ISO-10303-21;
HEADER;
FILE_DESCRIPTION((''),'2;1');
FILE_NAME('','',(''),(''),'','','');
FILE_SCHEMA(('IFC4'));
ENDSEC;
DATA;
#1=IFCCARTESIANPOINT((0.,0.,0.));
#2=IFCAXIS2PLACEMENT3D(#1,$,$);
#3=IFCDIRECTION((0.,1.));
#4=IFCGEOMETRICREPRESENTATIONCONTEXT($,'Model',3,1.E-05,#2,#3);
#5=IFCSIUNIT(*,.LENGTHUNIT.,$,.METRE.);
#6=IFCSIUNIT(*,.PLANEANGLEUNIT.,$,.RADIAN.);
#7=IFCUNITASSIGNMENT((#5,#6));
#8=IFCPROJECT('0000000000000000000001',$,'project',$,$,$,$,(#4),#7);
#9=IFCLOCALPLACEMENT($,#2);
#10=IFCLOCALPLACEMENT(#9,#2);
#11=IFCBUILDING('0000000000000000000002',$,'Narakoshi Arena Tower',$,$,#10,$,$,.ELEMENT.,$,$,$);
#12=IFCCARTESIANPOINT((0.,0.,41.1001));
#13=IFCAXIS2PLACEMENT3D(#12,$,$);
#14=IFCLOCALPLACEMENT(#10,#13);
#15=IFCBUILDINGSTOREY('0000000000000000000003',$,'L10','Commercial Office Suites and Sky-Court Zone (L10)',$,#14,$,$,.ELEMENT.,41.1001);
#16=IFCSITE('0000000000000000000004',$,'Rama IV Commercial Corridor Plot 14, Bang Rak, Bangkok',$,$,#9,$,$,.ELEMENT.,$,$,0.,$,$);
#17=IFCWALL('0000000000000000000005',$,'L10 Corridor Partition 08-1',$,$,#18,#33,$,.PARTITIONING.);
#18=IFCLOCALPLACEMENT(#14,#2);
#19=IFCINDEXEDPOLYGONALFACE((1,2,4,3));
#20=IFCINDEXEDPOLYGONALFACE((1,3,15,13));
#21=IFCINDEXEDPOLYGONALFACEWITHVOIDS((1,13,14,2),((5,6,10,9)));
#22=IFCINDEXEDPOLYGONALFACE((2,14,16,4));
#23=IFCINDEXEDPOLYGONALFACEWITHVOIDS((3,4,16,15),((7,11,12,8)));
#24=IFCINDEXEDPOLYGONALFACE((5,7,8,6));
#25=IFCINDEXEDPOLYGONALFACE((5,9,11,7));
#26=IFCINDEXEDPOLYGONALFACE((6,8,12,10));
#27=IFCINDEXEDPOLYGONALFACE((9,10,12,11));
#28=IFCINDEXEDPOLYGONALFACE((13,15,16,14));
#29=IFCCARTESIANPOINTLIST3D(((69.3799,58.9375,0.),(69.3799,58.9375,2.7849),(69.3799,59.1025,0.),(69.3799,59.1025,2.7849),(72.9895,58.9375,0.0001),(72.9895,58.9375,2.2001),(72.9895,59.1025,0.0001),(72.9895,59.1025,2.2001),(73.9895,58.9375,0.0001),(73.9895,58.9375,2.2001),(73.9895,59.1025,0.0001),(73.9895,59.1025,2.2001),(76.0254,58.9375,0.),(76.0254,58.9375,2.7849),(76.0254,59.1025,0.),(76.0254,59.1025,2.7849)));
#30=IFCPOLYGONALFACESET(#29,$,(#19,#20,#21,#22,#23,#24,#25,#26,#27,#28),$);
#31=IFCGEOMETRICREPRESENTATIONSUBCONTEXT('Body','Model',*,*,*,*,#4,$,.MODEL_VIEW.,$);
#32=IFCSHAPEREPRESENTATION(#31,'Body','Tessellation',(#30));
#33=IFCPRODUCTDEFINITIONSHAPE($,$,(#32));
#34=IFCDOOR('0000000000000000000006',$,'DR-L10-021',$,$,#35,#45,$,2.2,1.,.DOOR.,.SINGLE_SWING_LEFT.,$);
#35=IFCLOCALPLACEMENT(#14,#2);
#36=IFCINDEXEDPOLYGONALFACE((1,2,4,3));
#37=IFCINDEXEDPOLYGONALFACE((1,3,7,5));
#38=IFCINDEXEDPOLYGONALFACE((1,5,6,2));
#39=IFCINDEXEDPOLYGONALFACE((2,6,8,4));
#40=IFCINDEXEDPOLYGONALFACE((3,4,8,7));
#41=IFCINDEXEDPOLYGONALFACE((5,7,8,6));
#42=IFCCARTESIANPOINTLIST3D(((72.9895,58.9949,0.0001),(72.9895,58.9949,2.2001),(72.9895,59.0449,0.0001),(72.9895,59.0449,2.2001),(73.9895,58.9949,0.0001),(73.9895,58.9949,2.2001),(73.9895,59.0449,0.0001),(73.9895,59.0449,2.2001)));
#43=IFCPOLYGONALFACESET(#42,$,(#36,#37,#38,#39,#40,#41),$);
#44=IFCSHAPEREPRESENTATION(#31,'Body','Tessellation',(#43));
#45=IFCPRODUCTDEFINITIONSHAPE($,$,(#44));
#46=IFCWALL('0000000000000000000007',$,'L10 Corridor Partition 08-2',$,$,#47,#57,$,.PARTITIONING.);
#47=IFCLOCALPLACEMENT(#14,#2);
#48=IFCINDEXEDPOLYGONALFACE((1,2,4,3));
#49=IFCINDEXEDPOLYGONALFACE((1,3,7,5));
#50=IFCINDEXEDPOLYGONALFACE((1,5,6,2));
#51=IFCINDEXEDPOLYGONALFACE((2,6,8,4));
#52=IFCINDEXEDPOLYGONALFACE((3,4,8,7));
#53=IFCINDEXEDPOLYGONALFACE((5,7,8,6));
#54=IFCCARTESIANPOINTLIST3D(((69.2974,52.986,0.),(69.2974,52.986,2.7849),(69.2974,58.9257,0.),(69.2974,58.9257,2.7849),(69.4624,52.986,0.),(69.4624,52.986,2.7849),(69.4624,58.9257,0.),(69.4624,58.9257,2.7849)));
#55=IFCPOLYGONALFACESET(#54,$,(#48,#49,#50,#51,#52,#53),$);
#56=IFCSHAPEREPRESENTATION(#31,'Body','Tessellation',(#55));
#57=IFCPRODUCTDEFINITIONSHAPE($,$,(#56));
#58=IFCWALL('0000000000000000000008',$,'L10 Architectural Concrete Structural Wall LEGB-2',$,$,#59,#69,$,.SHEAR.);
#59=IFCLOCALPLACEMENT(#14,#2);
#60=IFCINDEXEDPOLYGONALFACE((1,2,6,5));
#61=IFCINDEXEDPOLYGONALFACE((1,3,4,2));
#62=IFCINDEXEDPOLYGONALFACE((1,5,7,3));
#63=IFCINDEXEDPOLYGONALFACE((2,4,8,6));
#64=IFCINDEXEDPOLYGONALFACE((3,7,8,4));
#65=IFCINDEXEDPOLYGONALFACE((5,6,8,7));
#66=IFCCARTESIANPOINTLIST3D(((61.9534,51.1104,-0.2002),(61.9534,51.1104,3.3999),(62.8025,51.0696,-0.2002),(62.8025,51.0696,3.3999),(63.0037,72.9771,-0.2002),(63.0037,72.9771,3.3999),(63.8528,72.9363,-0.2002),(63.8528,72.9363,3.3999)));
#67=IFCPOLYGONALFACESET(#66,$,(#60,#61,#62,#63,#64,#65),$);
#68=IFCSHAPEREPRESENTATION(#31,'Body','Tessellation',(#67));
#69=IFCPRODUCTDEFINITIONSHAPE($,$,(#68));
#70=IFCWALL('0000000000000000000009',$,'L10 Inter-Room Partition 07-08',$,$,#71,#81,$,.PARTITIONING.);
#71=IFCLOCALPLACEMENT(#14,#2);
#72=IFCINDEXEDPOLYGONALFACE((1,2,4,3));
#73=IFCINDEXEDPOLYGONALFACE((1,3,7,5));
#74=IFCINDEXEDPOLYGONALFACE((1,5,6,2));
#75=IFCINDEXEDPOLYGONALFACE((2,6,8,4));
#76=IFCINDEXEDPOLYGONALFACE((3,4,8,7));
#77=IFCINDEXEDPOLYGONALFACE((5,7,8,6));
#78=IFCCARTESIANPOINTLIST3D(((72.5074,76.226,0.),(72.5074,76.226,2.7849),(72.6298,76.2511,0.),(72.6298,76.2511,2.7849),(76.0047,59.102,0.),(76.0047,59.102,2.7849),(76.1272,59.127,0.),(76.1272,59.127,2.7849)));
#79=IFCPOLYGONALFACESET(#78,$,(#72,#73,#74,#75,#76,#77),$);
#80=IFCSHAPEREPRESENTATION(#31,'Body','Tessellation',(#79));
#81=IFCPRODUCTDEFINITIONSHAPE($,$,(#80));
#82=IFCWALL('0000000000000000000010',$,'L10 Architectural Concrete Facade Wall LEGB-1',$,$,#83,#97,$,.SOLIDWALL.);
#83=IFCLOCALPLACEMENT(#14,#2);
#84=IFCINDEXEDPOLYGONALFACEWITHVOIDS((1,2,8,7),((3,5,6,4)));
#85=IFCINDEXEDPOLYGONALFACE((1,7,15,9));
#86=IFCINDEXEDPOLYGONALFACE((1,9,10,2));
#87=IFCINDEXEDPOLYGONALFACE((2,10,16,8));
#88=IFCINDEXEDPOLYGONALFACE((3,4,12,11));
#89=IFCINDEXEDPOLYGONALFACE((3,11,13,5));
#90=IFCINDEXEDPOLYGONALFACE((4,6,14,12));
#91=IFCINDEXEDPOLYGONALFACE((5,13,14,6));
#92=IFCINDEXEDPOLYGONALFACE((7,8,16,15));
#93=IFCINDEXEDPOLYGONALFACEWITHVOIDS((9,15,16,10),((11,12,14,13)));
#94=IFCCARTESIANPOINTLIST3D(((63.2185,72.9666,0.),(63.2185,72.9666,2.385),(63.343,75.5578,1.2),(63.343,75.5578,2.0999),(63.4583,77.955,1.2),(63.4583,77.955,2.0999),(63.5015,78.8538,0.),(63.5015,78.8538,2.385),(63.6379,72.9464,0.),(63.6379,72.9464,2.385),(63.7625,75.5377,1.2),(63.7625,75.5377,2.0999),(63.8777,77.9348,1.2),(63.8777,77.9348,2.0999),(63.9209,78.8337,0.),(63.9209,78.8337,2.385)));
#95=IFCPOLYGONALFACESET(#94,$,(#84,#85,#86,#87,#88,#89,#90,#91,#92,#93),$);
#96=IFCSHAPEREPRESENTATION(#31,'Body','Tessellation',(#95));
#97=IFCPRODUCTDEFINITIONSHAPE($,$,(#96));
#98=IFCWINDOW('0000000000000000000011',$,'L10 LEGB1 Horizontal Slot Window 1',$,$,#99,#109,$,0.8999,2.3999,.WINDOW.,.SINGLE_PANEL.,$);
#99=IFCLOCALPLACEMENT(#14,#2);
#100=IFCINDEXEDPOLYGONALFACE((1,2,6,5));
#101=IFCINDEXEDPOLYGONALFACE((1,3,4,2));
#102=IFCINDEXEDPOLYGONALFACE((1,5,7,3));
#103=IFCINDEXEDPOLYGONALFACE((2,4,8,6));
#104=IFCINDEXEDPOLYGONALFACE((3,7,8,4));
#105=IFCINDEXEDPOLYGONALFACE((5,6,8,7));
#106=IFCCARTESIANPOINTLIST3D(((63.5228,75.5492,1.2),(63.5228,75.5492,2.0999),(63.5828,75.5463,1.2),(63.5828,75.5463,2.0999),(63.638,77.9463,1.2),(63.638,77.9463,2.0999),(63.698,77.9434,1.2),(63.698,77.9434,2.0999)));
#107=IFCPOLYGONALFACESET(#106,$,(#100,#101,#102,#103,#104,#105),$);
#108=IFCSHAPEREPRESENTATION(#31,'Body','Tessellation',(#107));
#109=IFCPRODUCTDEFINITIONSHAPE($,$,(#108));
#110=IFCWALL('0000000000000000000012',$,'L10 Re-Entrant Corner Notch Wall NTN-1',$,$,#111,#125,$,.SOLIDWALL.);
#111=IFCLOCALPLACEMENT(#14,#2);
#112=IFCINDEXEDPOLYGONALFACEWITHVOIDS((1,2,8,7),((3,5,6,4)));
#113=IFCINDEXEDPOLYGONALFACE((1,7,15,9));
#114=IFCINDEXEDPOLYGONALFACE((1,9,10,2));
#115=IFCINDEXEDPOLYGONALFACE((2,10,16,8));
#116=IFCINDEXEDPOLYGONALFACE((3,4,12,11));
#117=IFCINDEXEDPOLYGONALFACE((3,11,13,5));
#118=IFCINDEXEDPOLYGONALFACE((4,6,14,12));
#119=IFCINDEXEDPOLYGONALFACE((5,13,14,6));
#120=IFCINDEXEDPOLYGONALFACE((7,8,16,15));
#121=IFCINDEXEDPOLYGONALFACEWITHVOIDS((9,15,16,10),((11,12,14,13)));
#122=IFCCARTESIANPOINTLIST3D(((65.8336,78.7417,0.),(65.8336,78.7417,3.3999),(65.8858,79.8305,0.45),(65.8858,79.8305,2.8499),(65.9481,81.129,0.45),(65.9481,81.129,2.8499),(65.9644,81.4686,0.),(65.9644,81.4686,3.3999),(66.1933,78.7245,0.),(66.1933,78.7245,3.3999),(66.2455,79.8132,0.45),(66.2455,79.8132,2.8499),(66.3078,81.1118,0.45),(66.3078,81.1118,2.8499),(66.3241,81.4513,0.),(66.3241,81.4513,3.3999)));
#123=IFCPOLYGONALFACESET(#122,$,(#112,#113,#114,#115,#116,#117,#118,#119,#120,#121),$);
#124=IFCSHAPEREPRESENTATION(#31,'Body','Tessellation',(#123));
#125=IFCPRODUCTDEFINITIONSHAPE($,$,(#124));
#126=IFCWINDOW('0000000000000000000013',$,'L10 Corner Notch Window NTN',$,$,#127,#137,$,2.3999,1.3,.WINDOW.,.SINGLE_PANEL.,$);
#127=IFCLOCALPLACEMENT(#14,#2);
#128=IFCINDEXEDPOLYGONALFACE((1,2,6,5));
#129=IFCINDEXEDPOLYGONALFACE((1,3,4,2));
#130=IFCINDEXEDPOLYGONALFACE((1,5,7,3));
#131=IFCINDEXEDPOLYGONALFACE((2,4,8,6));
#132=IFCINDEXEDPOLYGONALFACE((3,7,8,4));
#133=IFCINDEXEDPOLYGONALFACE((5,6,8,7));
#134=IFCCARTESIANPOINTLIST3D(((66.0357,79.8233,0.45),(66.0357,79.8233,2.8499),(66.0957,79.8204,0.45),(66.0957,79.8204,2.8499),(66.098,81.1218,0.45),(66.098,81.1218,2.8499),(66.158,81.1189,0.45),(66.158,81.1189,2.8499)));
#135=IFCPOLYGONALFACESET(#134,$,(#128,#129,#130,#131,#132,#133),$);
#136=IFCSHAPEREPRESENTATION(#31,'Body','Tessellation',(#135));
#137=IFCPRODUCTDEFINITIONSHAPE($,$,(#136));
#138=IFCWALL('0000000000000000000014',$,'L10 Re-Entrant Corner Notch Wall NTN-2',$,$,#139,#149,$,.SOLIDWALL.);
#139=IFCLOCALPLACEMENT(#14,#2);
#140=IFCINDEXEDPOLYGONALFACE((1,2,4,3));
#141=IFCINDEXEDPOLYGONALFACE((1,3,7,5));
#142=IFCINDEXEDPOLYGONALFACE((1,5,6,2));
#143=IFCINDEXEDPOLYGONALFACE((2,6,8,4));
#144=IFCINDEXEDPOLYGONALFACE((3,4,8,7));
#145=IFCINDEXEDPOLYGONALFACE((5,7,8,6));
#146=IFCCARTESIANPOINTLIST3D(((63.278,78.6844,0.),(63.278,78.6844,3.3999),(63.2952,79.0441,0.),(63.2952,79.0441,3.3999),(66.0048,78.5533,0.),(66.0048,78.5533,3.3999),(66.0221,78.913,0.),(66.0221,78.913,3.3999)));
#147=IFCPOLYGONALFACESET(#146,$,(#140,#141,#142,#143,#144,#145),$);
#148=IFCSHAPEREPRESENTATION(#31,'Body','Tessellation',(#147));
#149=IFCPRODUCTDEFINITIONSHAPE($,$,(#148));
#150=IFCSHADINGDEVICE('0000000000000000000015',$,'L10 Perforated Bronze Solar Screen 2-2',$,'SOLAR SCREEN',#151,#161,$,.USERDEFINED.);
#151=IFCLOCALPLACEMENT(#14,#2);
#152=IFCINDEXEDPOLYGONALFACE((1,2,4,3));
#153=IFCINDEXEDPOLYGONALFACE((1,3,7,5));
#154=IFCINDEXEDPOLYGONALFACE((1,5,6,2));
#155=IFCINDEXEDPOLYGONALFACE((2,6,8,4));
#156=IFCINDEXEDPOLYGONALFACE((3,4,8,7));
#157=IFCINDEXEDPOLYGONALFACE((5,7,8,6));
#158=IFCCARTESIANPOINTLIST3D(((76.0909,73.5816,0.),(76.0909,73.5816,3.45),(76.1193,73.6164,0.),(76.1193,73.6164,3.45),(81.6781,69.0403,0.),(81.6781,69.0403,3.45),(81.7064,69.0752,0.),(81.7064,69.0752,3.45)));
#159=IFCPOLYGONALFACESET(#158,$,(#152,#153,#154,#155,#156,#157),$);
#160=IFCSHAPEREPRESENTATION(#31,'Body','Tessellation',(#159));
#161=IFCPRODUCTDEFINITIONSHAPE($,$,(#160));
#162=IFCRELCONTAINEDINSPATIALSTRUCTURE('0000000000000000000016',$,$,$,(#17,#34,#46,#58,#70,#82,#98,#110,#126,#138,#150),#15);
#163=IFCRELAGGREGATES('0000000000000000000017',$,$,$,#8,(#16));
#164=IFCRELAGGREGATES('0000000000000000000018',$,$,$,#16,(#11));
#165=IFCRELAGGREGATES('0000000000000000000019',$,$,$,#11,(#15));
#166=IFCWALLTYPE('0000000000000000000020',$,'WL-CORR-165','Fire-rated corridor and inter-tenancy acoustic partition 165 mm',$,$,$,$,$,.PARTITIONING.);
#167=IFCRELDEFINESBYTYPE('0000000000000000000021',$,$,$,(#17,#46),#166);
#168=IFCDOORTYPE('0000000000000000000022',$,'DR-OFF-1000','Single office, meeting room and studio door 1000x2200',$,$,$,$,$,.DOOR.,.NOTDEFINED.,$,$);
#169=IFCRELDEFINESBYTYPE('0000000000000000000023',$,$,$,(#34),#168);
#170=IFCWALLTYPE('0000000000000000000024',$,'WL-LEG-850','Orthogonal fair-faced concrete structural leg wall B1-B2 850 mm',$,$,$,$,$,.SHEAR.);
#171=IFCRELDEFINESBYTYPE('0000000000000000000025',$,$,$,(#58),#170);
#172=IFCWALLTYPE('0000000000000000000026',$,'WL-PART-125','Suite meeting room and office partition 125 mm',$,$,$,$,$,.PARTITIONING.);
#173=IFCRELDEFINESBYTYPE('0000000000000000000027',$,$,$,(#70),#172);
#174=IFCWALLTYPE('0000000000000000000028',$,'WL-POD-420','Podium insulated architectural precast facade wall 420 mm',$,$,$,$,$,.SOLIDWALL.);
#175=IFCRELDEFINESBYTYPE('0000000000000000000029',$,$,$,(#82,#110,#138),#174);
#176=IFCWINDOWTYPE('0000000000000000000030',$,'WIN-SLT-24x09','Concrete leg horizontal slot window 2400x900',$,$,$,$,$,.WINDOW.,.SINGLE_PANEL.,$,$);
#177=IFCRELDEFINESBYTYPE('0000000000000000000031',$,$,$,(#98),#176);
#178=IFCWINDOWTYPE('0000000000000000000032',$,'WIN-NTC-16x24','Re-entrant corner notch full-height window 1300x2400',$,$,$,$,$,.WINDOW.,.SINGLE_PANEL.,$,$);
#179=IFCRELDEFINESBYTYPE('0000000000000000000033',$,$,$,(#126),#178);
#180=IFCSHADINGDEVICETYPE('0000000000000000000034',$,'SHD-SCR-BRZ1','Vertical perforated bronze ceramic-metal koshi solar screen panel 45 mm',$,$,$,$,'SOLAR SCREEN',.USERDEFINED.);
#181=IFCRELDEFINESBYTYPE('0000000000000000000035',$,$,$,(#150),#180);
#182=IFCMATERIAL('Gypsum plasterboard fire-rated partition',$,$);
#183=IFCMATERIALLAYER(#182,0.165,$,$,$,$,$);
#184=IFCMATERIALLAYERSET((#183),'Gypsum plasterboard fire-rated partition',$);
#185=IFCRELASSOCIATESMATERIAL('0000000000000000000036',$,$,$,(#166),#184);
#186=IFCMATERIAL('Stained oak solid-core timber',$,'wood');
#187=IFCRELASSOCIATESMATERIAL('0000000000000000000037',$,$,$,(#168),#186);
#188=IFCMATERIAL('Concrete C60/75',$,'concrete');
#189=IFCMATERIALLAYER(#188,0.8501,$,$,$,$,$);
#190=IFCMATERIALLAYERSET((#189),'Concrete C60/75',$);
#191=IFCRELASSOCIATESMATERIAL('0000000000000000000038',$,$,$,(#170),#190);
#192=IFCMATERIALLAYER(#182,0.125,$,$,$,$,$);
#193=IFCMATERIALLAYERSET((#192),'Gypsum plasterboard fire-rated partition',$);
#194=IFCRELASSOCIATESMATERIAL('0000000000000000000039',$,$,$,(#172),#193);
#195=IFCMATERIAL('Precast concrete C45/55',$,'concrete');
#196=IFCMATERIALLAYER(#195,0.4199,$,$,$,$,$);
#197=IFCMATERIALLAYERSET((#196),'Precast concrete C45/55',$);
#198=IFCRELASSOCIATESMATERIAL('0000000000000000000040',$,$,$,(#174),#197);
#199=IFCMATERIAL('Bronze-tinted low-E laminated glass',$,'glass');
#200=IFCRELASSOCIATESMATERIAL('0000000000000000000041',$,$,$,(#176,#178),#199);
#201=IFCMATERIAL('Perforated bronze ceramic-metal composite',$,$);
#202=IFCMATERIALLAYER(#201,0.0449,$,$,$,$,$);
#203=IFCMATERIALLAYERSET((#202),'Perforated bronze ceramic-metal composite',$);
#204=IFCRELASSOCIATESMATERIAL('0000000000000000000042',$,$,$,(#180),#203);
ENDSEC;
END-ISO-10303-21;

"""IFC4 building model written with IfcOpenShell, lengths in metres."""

from ifc_helpers import new_model, si_unit, direction, frame, frame_2d, origin, origin_2d, place, context, subcontext, project, spatial, rectangle, extrude, material, layer, layer_set, type_object, element, fill, save


model = new_model("IFC4")

# Units and contexts
model_context = context("Model", 3, precision=1e-05, world=origin(), true_north=direction((0.0, 1.0)))
body_context = subcontext(model_context, "Body", "Model", "MODEL_VIEW")
ifc_project = project(units=[si_unit("LENGTHUNIT", "METRE"), si_unit("PLANEANGLEUNIT", "RADIAN")], contexts=[model_context])

# Site, building, storey
site_placement = place(None, origin())
site = spatial("IfcSite", under=ifc_project, at=site_placement, Name="Rama IV Commercial Corridor Plot 14, Bang Rak, Bangkok", CompositionType="ELEMENT", RefElevation=0.0)
building_placement = place(site_placement, origin())
building = spatial("IfcBuilding", under=site, at=building_placement, Name="Narakoshi Arena Tower", CompositionType="ELEMENT")
storey_placement = place(building_placement, frame((0.0, 0.0, 41.1001)))
storey = spatial("IfcBuildingStorey", under=building, at=storey_placement, Name="L10", Description="Commercial Office Suites and Sky-Court Zone (L10)", CompositionType="ELEMENT", Elevation=41.1001)

# Shared definitions
ifc_material_1 = material(Name="Concrete C60/75", Category="concrete")

# Shared definitions
ifc_material_2 = material(Name="Bronze-tinted low-E laminated glass", Category="glass")

# Wall, opening, door
ifc_material_3 = material(Name="Gypsum plasterboard fire-rated partition")
ifc_layer_1 = layer(ifc_material_3, 0.165)
ifc_layer_set_1 = layer_set([ifc_layer_1], Name="Gypsum plasterboard fire-rated partition")
wall_type_1 = type_object("IfcWallType", Name="WL-CORR-165", Description="Fire-rated corridor and inter-tenancy acoustic partition 165 mm", PredefinedType="PARTITIONING", material=ifc_layer_set_1)
wall_1_placement = place(storey_placement, frame((76.0254, 59.02, 0.0), z_axis=(0.0, 0.0, 1.0), x_axis=(-1.0, 0.0, 0.0)))
wall_1 = element("IfcWall", 1, at=wall_1_placement, inside=storey, type_object=wall_type_1, Name="L10 Corridor Partition 08-1", PredefinedType="PARTITIONING", context=body_context, shape_type="SweptSolid", body=[
    extrude(rectangle(XDim=6.6455, YDim=0.165, at=frame_2d((3.3228, 0.0))), origin(), (0.0, 0.0, 1.0), 2.7849),
])
opening_1_placement = place(wall_1_placement, frame((2.0359, 0.0, 0.0)))
opening_1 = element("IfcOpeningElement", 2, at=opening_1_placement, cuts=wall_1, PredefinedType="OPENING", context=body_context, shape_type="SweptSolid", body=[
    extrude(rectangle(XDim=1.0, YDim=2.2, at=frame_2d((0.5, 1.1001))), frame((0.0, 0.0925, 0.0), z_axis=(0.0, -1.0, 0.0), x_axis=(1.0, 0.0, 0.0)), (0.0, 0.0, 1.0), 0.1851),
])
ifc_material_4 = material(Name="Stained oak solid-core timber", Category="wood")
door_type = type_object("IfcDoorType", Name="DR-OFF-1000", Description="Single office, meeting room and studio door 1000x2200", OperationType="NOTDEFINED", PredefinedType="DOOR", material=ifc_material_4)
door_placement = place(opening_1_placement, frame((1.0, 0.0, 0.0), z_axis=(0.0, 0.0, 1.0), x_axis=(-1.0, 0.0, 0.0)))
door = element("IfcDoor", 3, at=door_placement, inside=storey, type_object=door_type, Name="DR-L10-021", OperationType="SINGLE_SWING_LEFT", OverallHeight=2.2, OverallWidth=1.0, PredefinedType="DOOR", context=body_context, shape_type="SweptSolid", body=[
    extrude(rectangle(XDim=1.0, YDim=2.2, at=frame_2d((0.5, 1.1001))), frame((0.0, 0.0249, 0.0), z_axis=(0.0, -1.0, 0.0), x_axis=(1.0, 0.0, 0.0)), (0.0, 0.0, 1.0), 0.05),
])
fill(opening_1, door)

# Walls
wall_2_placement = place(storey_placement, frame((69.3799, 58.9255, 0.0), z_axis=(0.0, 0.0, 1.0), x_axis=(0.0, -1.0, 0.0)))
element("IfcWall", 4, at=wall_2_placement, inside=storey, type_object=wall_type_1, Name="L10 Corridor Partition 08-2", PredefinedType="PARTITIONING", context=body_context, shape_type="SweptSolid", body=[
    extrude(rectangle(XDim=5.9397, YDim=0.165, at=frame_2d((2.9697, 0.0))), origin(), (0.0, 0.0, 1.0), 2.7849),
])
ifc_layer_2 = layer(ifc_material_1, 0.8501)
ifc_layer_set_2 = layer_set([ifc_layer_2], Name="Concrete C60/75")
wall_type_2 = type_object("IfcWallType", Name="WL-LEG-850", Description="Orthogonal fair-faced concrete structural leg wall B1-B2 850 mm", PredefinedType="SHEAR", material=ifc_layer_set_2)
wall_3_placement = place(storey_placement, frame((63.4282, 72.9565, -0.2002), z_axis=(0.0, 0.0, 1.0), x_axis=(-0.047976, -0.998848, 0.0)))
element("IfcWall", 5, at=wall_3_placement, inside=storey, type_object=wall_type_2, Name="L10 Architectural Concrete Structural Wall LEGB-2", PredefinedType="SHEAR", context=body_context, shape_type="SweptSolid", body=[
    extrude(rectangle(XDim=21.8918, YDim=0.8501, at=frame_2d((10.9458, 0.0))), origin(), (0.0, 0.0, 1.0), 3.6001),
])
ifc_layer_3 = layer(ifc_material_3, 0.125)
ifc_layer_set_3 = layer_set([ifc_layer_3], Name="Gypsum plasterboard fire-rated partition")
wall_type_3 = type_object("IfcWallType", Name="WL-PART-125", Description="Suite meeting room and office partition 125 mm", PredefinedType="PARTITIONING", material=ifc_layer_set_3)
wall_4_placement = place(storey_placement, frame((76.0659, 59.1145, 0.0), z_axis=(0.0, 0.0, 1.0), x_axis=(-0.200104, 0.979775, 0.0)))
element("IfcWall", 6, at=wall_4_placement, inside=storey, type_object=wall_type_3, Name="L10 Inter-Room Partition 07-08", PredefinedType="PARTITIONING", context=body_context, shape_type="SweptSolid", body=[
    extrude(rectangle(XDim=17.4775, YDim=0.125, at=frame_2d((8.7388, 0.0))), origin(), (0.0, 0.0, 1.0), 2.7849),
])

# Walls, openings, windows
ifc_material_5 = material(Name="Precast concrete C45/55", Category="concrete")
ifc_layer_4 = layer(ifc_material_5, 0.4199)
ifc_layer_set_4 = layer_set([ifc_layer_4], Name="Precast concrete C45/55")
wall_type_4 = type_object("IfcWallType", Name="WL-POD-420", Description="Podium insulated architectural precast facade wall 420 mm", PredefinedType="SOLIDWALL", material=ifc_layer_set_4)
wall_5_placement = place(storey_placement, frame((63.7112, 78.8438, 0.0), z_axis=(0.0, 0.0, 1.0), x_axis=(-0.048008, -0.998847, 0.0)))
wall_5 = element("IfcWall", 7, at=wall_5_placement, inside=storey, type_object=wall_type_4, Name="L10 Architectural Concrete Facade Wall LEGB-1", PredefinedType="SOLIDWALL", context=body_context, shape_type="SweptSolid", body=[
    extrude(rectangle(XDim=5.894, YDim=0.4199, at=frame_2d((2.947, 0.0))), origin(), (0.0, 0.0, 1.0), 2.385),
])
opening_2_placement = place(wall_5_placement, frame((0.8999, 0.0, 1.2)))
opening_2 = element("IfcOpeningElement", 8, at=opening_2_placement, cuts=wall_5, PredefinedType="OPENING", context=body_context, shape_type="SweptSolid", body=[
    extrude(rectangle(XDim=2.3999, YDim=0.8999, at=frame_2d((1.2, 0.45))), frame((0.0, 0.22, 0.0), z_axis=(0.0, -1.0, 0.0), x_axis=(1.0, 0.0, 0.0)), (0.0, 0.0, 1.0), 0.4399),
])
window_type_1 = type_object("IfcWindowType", Name="WIN-SLT-24x09", Description="Concrete leg horizontal slot window 2400x900", PartitioningType="SINGLE_PANEL", PredefinedType="WINDOW", material=ifc_material_2)
window_1_placement = place(opening_2_placement, origin())
window_1 = element("IfcWindow", 9, at=window_1_placement, inside=storey, type_object=window_type_1, Name="L10 LEGB1 Horizontal Slot Window 1", OverallHeight=0.8999, OverallWidth=2.3999, PartitioningType="SINGLE_PANEL", PredefinedType="WINDOW", context=body_context, shape_type="SweptSolid", body=[
    extrude(rectangle(XDim=2.3999, YDim=0.8999, at=frame_2d((1.2, 0.45))), frame((0.0, 0.03, 0.0), z_axis=(0.0, -1.0, 0.0), x_axis=(1.0, 0.0, 0.0)), (0.0, 0.0, 1.0), 0.0601),
])
fill(opening_2, window_1)
wall_6_placement = place(storey_placement, frame((66.1443, 81.46, 0.0), z_axis=(0.0, 0.0, 1.0), x_axis=(-0.047935, -0.99885, 0.0)))
wall_6 = element("IfcWall", 10, at=wall_6_placement, inside=storey, type_object=wall_type_4, Name="L10 Re-Entrant Corner Notch Wall NTN-1", PredefinedType="SOLIDWALL", context=body_context, shape_type="SweptSolid", body=[
    extrude(rectangle(XDim=2.73, YDim=0.3601, at=frame_2d((1.365, 0.0))), origin(), (0.0, 0.0, 1.0), 3.3999),
])
opening_3_placement = place(wall_6_placement, frame((0.3401, 0.0, 0.45)))
opening_3 = element("IfcOpeningElement", 11, at=opening_3_placement, cuts=wall_6, PredefinedType="OPENING", context=body_context, shape_type="SweptSolid", body=[
    extrude(rectangle(XDim=1.3, YDim=2.3999, at=frame_2d((0.6499, 1.2))), frame((0.0, 0.1899, 0.0), z_axis=(0.0, -1.0, 0.0), x_axis=(1.0, 0.0, 0.0)), (0.0, 0.0, 1.0), 0.3801),
])
window_type_2 = type_object("IfcWindowType", Name="WIN-NTC-16x24", Description="Re-entrant corner notch full-height window 1300x2400", PartitioningType="SINGLE_PANEL", PredefinedType="WINDOW", material=ifc_material_2)
window_2_placement = place(opening_3_placement, origin())
window_2 = element("IfcWindow", 12, at=window_2_placement, inside=storey, type_object=window_type_2, Name="L10 Corner Notch Window NTN", OverallHeight=2.3999, OverallWidth=1.3, PartitioningType="SINGLE_PANEL", PredefinedType="WINDOW", context=body_context, shape_type="SweptSolid", body=[
    extrude(rectangle(XDim=1.3, YDim=2.3999, at=frame_2d((0.6499, 1.2))), frame((0.0, 0.03, 0.0), z_axis=(0.0, -1.0, 0.0), x_axis=(1.0, 0.0, 0.0)), (0.0, 0.0, 1.0), 0.0601),
])
fill(opening_3, window_2)

# Wall
wall_7_placement = place(storey_placement, frame((66.0134, 78.7332, 0.0), z_axis=(0.0, 0.0, 1.0), x_axis=(-0.998846, 0.048024, 0.0)))
element("IfcWall", 13, at=wall_7_placement, inside=storey, type_object=wall_type_4, Name="L10 Re-Entrant Corner Notch Wall NTN-2", PredefinedType="SOLIDWALL", context=body_context, shape_type="SweptSolid", body=[
    extrude(rectangle(XDim=2.73, YDim=0.3601, at=frame_2d((1.365, 0.0))), origin(), (0.0, 0.0, 1.0), 3.3999),
])

# Shading device
ifc_material_6 = material(Name="Perforated bronze ceramic-metal composite")
ifc_layer_5 = layer(ifc_material_6, 0.0449)
ifc_layer_set_5 = layer_set([ifc_layer_5], Name="Perforated bronze ceramic-metal composite")
shading_device_type = type_object("IfcShadingDeviceType", Name="SHD-SCR-BRZ1", Description="Vertical perforated bronze ceramic-metal koshi solar screen panel 45 mm", ElementType="SOLAR SCREEN", PredefinedType="USERDEFINED", material=ifc_layer_set_5)
shading_device_placement = place(storey_placement, frame((78.8987, 71.3284, 0.0), z_axis=(0.0, 0.0, 1.0), x_axis=(-0.776002, 0.63073, 0.0)))
element("IfcShadingDevice", 14, at=shading_device_placement, inside=storey, type_object=shading_device_type, Name="L10 Perforated Bronze Solar Screen 2-2", ObjectType="SOLAR SCREEN", PredefinedType="USERDEFINED", context=body_context, shape_type="SweptSolid", body=[
    extrude(rectangle(XDim=7.2, YDim=0.0449, at=origin_2d()), origin(), (0.0, 0.0, 1.0), 3.45),
])

save(model, "model.ifc")
